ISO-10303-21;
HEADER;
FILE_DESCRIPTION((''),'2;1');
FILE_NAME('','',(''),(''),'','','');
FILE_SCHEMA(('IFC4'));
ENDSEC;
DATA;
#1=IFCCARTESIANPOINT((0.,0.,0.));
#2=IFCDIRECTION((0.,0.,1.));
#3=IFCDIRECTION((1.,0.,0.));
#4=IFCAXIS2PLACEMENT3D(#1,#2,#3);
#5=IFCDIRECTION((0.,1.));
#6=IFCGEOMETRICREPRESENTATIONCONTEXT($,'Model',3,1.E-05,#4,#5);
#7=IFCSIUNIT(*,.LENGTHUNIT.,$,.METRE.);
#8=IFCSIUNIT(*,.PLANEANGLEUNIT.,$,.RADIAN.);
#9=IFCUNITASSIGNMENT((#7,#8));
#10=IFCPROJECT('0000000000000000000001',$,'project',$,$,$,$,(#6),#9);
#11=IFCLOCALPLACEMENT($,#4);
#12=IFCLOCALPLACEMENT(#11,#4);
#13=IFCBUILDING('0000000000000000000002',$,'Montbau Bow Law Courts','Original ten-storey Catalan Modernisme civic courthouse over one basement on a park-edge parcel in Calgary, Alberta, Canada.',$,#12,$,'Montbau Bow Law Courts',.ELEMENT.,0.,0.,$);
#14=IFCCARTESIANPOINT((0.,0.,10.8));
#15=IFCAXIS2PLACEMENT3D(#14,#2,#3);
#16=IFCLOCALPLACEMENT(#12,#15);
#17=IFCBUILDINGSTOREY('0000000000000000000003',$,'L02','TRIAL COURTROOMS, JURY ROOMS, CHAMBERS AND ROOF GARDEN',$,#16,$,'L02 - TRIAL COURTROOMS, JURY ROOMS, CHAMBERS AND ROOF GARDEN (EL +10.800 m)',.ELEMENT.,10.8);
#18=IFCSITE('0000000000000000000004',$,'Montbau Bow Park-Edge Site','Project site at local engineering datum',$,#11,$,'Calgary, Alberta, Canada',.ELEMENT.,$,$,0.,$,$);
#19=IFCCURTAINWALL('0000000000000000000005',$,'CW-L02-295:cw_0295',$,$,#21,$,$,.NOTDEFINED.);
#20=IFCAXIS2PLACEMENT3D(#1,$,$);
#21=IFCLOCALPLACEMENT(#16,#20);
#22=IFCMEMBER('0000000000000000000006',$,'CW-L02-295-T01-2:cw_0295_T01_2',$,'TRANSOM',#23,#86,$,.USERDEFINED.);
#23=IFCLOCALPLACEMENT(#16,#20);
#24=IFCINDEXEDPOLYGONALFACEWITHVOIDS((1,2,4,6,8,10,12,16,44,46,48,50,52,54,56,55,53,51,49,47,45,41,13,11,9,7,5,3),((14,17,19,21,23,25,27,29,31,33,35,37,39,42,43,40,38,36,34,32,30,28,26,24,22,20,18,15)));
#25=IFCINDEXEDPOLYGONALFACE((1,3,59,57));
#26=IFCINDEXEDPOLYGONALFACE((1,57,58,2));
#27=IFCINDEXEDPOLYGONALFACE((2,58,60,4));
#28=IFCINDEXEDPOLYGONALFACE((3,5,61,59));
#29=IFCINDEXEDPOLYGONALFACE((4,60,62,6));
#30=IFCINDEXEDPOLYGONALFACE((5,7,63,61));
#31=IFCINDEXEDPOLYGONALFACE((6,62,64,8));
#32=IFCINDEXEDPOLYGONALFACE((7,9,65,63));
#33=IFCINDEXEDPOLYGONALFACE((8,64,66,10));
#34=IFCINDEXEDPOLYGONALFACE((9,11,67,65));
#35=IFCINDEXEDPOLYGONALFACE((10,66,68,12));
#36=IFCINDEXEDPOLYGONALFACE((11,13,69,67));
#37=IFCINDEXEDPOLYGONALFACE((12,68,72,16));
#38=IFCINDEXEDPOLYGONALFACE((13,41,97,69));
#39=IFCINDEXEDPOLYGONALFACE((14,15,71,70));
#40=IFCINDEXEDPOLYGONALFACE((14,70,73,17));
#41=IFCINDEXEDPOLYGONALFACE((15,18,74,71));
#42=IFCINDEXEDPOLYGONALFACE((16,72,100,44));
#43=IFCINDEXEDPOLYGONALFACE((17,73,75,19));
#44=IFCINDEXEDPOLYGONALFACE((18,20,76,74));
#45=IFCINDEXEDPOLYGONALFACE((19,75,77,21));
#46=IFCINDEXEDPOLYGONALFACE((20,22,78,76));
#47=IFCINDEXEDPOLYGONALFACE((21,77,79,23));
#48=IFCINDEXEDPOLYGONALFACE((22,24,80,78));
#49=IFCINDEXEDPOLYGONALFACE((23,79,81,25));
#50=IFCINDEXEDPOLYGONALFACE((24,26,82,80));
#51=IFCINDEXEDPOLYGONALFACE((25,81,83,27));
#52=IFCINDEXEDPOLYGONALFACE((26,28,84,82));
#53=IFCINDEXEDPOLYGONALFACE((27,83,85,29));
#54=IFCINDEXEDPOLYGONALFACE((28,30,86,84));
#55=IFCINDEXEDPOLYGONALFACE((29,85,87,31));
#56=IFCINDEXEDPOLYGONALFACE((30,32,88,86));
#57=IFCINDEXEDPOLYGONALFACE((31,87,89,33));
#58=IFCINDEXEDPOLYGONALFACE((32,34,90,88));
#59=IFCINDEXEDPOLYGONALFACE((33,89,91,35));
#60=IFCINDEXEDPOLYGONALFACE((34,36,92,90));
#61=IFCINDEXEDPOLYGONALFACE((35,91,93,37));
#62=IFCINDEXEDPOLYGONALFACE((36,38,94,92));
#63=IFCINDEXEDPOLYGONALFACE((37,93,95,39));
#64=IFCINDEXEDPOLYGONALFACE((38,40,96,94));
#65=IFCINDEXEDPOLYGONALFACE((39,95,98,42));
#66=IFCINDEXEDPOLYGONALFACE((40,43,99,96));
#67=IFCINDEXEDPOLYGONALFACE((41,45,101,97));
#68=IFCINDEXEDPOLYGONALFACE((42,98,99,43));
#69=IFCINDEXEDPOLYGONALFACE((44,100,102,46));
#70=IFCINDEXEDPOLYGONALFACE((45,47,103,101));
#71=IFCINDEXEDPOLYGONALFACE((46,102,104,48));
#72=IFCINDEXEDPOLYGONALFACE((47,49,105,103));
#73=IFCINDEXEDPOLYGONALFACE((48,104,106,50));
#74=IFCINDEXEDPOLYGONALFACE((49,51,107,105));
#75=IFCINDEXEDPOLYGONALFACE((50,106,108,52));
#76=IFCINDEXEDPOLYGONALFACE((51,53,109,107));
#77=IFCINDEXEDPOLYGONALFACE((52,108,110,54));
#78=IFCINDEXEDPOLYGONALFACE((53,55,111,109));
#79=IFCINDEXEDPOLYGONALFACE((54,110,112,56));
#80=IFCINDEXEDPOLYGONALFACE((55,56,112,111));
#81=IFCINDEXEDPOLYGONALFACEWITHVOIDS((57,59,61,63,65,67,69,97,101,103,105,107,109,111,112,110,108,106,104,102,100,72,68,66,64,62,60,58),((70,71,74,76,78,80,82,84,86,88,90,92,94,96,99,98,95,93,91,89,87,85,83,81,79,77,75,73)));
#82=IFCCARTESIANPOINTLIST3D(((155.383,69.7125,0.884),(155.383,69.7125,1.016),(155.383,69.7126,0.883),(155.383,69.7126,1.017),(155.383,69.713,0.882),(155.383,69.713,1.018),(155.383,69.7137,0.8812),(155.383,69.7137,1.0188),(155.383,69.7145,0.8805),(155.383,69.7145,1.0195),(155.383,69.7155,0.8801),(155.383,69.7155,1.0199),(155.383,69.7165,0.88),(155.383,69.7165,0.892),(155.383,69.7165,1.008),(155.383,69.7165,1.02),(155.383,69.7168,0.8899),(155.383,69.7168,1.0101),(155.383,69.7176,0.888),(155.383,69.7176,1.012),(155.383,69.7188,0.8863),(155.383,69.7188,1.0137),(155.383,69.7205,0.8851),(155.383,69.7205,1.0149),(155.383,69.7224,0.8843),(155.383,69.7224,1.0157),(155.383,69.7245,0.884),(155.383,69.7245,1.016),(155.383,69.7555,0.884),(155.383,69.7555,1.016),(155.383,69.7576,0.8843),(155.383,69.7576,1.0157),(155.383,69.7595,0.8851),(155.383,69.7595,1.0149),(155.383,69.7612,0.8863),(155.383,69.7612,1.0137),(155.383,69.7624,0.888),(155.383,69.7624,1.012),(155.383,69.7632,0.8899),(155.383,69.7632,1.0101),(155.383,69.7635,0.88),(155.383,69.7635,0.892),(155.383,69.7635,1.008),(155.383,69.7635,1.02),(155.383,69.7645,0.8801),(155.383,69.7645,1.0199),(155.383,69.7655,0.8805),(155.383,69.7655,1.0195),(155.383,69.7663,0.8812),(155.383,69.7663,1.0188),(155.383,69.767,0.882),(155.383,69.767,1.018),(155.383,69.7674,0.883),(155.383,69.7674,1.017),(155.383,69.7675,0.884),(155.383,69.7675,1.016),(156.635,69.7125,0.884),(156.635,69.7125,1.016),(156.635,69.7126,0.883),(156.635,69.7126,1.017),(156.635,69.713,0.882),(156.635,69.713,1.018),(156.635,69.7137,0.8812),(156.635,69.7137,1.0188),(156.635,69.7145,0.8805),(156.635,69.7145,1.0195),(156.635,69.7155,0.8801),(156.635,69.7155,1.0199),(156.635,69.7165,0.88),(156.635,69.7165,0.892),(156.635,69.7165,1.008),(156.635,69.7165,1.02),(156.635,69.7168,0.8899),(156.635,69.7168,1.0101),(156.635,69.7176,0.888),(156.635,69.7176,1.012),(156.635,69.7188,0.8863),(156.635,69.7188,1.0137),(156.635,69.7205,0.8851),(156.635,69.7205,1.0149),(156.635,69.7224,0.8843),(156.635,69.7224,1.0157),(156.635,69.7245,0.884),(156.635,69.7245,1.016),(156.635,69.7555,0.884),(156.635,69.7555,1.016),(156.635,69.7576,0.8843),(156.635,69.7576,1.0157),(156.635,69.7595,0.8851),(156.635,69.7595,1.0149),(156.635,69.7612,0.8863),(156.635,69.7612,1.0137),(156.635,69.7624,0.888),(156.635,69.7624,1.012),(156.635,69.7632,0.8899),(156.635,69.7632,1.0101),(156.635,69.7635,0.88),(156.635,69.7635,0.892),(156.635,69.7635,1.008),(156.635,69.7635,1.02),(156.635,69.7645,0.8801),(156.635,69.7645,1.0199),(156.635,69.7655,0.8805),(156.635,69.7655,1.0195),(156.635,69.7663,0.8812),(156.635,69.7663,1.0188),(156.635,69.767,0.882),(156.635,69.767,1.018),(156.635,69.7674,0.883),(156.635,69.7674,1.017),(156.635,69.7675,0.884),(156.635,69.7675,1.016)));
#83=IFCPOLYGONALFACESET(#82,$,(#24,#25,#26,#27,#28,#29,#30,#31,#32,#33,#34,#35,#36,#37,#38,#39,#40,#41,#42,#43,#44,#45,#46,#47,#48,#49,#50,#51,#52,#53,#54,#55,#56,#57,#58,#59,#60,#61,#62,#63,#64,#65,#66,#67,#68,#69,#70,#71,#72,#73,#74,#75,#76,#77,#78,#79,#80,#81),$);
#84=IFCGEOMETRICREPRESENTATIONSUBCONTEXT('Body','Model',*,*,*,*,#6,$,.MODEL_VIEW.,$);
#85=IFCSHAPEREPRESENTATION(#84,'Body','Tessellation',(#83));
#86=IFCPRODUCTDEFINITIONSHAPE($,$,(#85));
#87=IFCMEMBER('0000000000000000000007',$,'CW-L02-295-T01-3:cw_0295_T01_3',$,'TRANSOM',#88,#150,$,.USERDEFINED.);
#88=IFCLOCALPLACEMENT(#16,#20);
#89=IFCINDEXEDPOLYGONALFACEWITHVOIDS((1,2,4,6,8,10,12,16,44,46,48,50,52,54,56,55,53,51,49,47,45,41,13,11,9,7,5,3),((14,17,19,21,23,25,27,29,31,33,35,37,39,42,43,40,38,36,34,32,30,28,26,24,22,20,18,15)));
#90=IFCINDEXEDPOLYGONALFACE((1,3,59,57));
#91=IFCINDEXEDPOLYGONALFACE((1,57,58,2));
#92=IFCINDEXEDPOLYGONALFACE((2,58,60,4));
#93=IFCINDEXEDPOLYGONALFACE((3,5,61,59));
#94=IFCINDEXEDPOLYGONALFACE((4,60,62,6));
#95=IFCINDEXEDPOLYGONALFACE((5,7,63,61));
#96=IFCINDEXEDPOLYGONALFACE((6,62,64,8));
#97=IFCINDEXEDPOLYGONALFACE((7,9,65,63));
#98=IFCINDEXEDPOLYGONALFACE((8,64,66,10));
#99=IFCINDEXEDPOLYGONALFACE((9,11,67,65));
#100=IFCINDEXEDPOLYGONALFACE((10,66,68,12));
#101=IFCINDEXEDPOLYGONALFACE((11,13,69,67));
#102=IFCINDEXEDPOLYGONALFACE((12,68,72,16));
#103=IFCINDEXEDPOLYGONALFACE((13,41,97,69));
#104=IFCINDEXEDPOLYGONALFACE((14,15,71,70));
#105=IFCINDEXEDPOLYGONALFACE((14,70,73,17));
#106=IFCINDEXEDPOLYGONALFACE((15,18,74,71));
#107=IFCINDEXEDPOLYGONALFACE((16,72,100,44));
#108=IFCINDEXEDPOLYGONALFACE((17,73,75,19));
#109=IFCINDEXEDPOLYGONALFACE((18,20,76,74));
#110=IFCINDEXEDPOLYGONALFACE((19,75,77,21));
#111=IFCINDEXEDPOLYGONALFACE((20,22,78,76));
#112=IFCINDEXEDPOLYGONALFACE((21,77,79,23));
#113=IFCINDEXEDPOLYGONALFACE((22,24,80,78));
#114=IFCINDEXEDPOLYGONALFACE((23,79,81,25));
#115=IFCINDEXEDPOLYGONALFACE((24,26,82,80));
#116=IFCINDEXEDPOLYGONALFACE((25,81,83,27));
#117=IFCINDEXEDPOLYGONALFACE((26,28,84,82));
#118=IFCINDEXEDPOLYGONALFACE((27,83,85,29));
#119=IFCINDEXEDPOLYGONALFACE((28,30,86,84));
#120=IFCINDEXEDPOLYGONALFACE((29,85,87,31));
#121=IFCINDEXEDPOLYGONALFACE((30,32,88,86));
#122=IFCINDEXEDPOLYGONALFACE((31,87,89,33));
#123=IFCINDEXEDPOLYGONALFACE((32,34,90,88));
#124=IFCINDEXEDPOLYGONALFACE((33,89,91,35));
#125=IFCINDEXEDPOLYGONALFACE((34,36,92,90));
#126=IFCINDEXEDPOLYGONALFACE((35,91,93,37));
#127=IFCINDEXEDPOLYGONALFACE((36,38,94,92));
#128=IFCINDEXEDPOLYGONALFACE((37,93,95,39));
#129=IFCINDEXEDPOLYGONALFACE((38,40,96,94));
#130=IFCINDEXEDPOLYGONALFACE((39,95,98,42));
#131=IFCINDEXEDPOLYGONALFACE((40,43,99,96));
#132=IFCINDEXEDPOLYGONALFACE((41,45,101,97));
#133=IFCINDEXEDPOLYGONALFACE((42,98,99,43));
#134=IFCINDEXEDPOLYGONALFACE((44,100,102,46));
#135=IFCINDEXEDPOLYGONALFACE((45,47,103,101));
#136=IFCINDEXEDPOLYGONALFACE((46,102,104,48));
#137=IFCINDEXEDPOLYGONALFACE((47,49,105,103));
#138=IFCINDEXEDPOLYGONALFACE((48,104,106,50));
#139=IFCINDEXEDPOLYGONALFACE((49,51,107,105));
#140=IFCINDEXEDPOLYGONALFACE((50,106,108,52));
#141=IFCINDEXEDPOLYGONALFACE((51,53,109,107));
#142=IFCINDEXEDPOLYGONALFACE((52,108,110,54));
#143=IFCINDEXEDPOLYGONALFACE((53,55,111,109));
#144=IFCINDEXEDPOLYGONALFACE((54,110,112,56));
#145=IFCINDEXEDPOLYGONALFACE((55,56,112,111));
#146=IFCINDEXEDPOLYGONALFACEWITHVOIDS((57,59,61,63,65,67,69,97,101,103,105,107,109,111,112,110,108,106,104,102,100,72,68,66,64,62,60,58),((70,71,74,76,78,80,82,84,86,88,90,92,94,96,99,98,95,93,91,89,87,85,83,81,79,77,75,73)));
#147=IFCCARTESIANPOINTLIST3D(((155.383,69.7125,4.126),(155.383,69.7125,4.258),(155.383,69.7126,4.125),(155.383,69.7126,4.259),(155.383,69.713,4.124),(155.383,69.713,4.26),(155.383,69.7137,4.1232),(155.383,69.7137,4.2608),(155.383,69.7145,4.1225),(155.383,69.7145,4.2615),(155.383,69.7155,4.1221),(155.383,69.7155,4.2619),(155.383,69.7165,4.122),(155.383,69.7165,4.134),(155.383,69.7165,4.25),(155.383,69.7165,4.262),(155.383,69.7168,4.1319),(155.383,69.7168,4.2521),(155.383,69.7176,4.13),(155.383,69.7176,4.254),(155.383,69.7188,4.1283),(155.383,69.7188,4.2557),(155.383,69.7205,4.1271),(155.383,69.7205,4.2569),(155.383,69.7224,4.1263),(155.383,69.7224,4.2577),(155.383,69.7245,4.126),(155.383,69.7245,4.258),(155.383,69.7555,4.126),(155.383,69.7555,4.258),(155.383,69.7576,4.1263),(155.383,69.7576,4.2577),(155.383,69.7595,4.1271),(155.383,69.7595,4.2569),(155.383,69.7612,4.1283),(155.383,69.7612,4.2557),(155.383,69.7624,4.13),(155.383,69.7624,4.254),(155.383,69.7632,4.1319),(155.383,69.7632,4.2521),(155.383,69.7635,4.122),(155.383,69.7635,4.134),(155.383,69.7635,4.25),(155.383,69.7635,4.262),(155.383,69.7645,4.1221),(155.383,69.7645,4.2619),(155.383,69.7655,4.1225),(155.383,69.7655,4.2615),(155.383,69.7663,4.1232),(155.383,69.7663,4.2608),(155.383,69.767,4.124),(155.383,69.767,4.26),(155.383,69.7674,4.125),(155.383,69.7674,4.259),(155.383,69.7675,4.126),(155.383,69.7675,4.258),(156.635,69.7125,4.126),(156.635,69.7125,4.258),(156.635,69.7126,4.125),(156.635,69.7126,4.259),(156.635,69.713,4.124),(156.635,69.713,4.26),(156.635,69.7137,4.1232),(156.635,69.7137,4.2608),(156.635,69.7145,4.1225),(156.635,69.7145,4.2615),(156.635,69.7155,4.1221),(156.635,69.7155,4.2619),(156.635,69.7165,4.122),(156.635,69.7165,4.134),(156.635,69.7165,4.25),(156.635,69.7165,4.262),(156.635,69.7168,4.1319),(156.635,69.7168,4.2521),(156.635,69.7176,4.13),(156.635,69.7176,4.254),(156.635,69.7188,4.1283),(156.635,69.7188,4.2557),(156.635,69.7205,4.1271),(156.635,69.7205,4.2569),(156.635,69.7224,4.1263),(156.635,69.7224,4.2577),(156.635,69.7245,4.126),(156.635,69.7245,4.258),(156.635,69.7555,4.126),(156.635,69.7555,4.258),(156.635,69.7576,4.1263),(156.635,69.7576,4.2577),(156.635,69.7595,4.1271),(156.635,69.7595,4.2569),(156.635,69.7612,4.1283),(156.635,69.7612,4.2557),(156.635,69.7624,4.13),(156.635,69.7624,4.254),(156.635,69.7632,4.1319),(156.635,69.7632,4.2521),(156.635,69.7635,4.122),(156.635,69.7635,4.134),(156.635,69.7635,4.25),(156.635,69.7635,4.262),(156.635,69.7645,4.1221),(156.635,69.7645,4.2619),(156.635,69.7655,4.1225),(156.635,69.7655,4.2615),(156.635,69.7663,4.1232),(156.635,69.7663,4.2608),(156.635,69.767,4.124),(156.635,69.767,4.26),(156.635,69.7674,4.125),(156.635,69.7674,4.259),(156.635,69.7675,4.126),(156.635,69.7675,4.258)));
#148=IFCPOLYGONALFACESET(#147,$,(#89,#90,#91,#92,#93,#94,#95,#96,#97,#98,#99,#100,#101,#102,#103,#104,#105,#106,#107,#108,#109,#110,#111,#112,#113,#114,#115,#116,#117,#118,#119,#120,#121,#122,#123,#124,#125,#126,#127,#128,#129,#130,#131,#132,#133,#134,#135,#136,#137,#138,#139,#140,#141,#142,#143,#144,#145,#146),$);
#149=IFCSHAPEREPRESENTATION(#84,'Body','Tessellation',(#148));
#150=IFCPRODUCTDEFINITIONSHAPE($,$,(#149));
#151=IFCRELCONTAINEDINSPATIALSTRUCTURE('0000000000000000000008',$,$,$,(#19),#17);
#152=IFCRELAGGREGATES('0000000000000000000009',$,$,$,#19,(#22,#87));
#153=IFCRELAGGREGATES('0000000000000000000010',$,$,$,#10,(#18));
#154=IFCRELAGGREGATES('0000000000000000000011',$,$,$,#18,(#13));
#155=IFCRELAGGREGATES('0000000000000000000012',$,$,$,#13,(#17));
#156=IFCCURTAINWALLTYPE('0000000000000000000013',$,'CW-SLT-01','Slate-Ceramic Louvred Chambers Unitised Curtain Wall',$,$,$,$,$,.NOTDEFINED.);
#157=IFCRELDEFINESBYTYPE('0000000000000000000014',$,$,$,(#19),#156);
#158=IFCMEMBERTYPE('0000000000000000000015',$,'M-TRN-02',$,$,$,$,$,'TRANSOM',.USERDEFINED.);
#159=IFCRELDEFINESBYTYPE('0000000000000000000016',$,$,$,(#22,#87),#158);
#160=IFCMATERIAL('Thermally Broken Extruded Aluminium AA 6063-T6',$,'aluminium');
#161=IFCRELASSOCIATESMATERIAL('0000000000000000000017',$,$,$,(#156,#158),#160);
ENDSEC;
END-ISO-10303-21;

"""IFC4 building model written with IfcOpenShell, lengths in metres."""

from ifc_helpers import new_model, si_unit, direction, frame, origin_with_axes, origin_2d_with_axis, place, context, subcontext, project, spatial, hollow_rectangle, extrude, material, material_profile, profile_set, type_object, element, aggregate, save


model = new_model("IFC4")

# Units and contexts
model_context = context("Model", 3, precision=1e-05, world=origin_with_axes(), true_north=direction((0.0, 1.0)))
body_context = subcontext(model_context, "Body", "Model", "MODEL_VIEW")
ifc_project = project(units=[si_unit("LENGTHUNIT", "METRE"), si_unit("PLANEANGLEUNIT", "RADIAN")], contexts=[model_context])

# Site, building, storey
site_placement = place(None, origin_with_axes())
site = spatial("IfcSite", under=ifc_project, at=site_placement, Name="Montbau Bow Park-Edge Site", Description="Project site at local engineering datum", LongName="Calgary, Alberta, Canada", CompositionType="ELEMENT", RefElevation=0.0)
building_placement = place(site_placement, origin_with_axes())
building = spatial("IfcBuilding", under=site, at=building_placement, Name="Montbau Bow Law Courts", Description="Original ten-storey Catalan Modernisme civic courthouse over one basement on a park-edge parcel in Calgary, Alberta, Canada.", LongName="Montbau Bow Law Courts", CompositionType="ELEMENT", ElevationOfRefHeight=0.0, ElevationOfTerrain=0.0)
storey_placement = place(building_placement, frame((0.0, 0.0, 10.8), z_axis=(0.0, 0.0, 1.0), x_axis=(1.0, 0.0, 0.0)))
storey = spatial("IfcBuildingStorey", under=building, at=storey_placement, Name="L02", Description="TRIAL COURTROOMS, JURY ROOMS, CHAMBERS AND ROOF GARDEN", LongName="L02 - TRIAL COURTROOMS, JURY ROOMS, CHAMBERS AND ROOF GARDEN (EL +10.800 m)", CompositionType="ELEMENT", Elevation=10.8)

# Shared definitions
ifc_material_1 = material(Name="Thermally Broken Extruded Aluminium AA 6063-T6", Category="aluminium")
curtain_wall_type = type_object("IfcCurtainWallType", Name="CW-SLT-01", Description="Slate-Ceramic Louvred Chambers Unitised Curtain Wall", PredefinedType="NOTDEFINED", material=ifc_material_1)

# Curtain wall, members
curtain_wall_1_placement = place(None, frame((155.315, 69.74, 10.8), z_axis=(0.0, 0.0, 1.0), x_axis=(1.0, 0.0, 0.0)))
curtain_wall_1 = element("IfcCurtainWall", 1, at=curtain_wall_1_placement, inside=storey, type_object=curtain_wall_type, Name="CW-L02-295:cw_0295", PredefinedType="NOTDEFINED")
ifc_material_profile_1 = material_profile(ifc_material_1, hollow_rectangle(XDim=0.055, YDim=0.14, WallThickness=0.004, InnerFilletRadius=0.008, OuterFilletRadius=0.004, at=origin_2d_with_axis()), Name="CWT-140X55", Category="Main", Priority=0)
ifc_profile_set_1 = profile_set([ifc_material_profile_1], Name="Thermally Broken Extruded Aluminium AA 6063-T6")
member_type_1 = type_object("IfcMemberType", Name="M-TRN-02", ElementType="TRANSOM", PredefinedType="USERDEFINED", material=ifc_profile_set_1)
member_1_placement = place(None, frame((155.383, 69.74, 11.75), z_axis=(1.0, 0.0, 0.0), x_axis=(0.0, 1.0, 0.0)))
member_1 = element("IfcMember", 2, at=member_1_placement, type_object=member_type_1, Name="CW-L02-295-T01-2:cw_0295_T01_2", ObjectType="TRANSOM", PredefinedType="USERDEFINED", context=body_context, shape_type="SweptSolid", body=[
    extrude(hollow_rectangle(XDim=0.055, YDim=0.14, WallThickness=0.004, InnerFilletRadius=0.008, OuterFilletRadius=0.004, at=origin_2d_with_axis()), origin_with_axes(), (0.0, 0.0, 1.0), 1.252),
])
member_2_placement = place(None, frame((155.383, 69.74, 14.992), z_axis=(1.0, 0.0, 0.0), x_axis=(0.0, 1.0, 0.0)))
member_2 = element("IfcMember", 3, at=member_2_placement, type_object=member_type_1, Name="CW-L02-295-T01-3:cw_0295_T01_3", ObjectType="TRANSOM", PredefinedType="USERDEFINED", context=body_context, shape_type="SweptSolid", body=[
    extrude(hollow_rectangle(XDim=0.055, YDim=0.14, WallThickness=0.004, InnerFilletRadius=0.008, OuterFilletRadius=0.004, at=origin_2d_with_axis()), origin_with_axes(), (0.0, 0.0, 1.0), 1.252),
])
aggregate(curtain_wall_1, [member_1, member_2])

save(model, "model.ifc")
